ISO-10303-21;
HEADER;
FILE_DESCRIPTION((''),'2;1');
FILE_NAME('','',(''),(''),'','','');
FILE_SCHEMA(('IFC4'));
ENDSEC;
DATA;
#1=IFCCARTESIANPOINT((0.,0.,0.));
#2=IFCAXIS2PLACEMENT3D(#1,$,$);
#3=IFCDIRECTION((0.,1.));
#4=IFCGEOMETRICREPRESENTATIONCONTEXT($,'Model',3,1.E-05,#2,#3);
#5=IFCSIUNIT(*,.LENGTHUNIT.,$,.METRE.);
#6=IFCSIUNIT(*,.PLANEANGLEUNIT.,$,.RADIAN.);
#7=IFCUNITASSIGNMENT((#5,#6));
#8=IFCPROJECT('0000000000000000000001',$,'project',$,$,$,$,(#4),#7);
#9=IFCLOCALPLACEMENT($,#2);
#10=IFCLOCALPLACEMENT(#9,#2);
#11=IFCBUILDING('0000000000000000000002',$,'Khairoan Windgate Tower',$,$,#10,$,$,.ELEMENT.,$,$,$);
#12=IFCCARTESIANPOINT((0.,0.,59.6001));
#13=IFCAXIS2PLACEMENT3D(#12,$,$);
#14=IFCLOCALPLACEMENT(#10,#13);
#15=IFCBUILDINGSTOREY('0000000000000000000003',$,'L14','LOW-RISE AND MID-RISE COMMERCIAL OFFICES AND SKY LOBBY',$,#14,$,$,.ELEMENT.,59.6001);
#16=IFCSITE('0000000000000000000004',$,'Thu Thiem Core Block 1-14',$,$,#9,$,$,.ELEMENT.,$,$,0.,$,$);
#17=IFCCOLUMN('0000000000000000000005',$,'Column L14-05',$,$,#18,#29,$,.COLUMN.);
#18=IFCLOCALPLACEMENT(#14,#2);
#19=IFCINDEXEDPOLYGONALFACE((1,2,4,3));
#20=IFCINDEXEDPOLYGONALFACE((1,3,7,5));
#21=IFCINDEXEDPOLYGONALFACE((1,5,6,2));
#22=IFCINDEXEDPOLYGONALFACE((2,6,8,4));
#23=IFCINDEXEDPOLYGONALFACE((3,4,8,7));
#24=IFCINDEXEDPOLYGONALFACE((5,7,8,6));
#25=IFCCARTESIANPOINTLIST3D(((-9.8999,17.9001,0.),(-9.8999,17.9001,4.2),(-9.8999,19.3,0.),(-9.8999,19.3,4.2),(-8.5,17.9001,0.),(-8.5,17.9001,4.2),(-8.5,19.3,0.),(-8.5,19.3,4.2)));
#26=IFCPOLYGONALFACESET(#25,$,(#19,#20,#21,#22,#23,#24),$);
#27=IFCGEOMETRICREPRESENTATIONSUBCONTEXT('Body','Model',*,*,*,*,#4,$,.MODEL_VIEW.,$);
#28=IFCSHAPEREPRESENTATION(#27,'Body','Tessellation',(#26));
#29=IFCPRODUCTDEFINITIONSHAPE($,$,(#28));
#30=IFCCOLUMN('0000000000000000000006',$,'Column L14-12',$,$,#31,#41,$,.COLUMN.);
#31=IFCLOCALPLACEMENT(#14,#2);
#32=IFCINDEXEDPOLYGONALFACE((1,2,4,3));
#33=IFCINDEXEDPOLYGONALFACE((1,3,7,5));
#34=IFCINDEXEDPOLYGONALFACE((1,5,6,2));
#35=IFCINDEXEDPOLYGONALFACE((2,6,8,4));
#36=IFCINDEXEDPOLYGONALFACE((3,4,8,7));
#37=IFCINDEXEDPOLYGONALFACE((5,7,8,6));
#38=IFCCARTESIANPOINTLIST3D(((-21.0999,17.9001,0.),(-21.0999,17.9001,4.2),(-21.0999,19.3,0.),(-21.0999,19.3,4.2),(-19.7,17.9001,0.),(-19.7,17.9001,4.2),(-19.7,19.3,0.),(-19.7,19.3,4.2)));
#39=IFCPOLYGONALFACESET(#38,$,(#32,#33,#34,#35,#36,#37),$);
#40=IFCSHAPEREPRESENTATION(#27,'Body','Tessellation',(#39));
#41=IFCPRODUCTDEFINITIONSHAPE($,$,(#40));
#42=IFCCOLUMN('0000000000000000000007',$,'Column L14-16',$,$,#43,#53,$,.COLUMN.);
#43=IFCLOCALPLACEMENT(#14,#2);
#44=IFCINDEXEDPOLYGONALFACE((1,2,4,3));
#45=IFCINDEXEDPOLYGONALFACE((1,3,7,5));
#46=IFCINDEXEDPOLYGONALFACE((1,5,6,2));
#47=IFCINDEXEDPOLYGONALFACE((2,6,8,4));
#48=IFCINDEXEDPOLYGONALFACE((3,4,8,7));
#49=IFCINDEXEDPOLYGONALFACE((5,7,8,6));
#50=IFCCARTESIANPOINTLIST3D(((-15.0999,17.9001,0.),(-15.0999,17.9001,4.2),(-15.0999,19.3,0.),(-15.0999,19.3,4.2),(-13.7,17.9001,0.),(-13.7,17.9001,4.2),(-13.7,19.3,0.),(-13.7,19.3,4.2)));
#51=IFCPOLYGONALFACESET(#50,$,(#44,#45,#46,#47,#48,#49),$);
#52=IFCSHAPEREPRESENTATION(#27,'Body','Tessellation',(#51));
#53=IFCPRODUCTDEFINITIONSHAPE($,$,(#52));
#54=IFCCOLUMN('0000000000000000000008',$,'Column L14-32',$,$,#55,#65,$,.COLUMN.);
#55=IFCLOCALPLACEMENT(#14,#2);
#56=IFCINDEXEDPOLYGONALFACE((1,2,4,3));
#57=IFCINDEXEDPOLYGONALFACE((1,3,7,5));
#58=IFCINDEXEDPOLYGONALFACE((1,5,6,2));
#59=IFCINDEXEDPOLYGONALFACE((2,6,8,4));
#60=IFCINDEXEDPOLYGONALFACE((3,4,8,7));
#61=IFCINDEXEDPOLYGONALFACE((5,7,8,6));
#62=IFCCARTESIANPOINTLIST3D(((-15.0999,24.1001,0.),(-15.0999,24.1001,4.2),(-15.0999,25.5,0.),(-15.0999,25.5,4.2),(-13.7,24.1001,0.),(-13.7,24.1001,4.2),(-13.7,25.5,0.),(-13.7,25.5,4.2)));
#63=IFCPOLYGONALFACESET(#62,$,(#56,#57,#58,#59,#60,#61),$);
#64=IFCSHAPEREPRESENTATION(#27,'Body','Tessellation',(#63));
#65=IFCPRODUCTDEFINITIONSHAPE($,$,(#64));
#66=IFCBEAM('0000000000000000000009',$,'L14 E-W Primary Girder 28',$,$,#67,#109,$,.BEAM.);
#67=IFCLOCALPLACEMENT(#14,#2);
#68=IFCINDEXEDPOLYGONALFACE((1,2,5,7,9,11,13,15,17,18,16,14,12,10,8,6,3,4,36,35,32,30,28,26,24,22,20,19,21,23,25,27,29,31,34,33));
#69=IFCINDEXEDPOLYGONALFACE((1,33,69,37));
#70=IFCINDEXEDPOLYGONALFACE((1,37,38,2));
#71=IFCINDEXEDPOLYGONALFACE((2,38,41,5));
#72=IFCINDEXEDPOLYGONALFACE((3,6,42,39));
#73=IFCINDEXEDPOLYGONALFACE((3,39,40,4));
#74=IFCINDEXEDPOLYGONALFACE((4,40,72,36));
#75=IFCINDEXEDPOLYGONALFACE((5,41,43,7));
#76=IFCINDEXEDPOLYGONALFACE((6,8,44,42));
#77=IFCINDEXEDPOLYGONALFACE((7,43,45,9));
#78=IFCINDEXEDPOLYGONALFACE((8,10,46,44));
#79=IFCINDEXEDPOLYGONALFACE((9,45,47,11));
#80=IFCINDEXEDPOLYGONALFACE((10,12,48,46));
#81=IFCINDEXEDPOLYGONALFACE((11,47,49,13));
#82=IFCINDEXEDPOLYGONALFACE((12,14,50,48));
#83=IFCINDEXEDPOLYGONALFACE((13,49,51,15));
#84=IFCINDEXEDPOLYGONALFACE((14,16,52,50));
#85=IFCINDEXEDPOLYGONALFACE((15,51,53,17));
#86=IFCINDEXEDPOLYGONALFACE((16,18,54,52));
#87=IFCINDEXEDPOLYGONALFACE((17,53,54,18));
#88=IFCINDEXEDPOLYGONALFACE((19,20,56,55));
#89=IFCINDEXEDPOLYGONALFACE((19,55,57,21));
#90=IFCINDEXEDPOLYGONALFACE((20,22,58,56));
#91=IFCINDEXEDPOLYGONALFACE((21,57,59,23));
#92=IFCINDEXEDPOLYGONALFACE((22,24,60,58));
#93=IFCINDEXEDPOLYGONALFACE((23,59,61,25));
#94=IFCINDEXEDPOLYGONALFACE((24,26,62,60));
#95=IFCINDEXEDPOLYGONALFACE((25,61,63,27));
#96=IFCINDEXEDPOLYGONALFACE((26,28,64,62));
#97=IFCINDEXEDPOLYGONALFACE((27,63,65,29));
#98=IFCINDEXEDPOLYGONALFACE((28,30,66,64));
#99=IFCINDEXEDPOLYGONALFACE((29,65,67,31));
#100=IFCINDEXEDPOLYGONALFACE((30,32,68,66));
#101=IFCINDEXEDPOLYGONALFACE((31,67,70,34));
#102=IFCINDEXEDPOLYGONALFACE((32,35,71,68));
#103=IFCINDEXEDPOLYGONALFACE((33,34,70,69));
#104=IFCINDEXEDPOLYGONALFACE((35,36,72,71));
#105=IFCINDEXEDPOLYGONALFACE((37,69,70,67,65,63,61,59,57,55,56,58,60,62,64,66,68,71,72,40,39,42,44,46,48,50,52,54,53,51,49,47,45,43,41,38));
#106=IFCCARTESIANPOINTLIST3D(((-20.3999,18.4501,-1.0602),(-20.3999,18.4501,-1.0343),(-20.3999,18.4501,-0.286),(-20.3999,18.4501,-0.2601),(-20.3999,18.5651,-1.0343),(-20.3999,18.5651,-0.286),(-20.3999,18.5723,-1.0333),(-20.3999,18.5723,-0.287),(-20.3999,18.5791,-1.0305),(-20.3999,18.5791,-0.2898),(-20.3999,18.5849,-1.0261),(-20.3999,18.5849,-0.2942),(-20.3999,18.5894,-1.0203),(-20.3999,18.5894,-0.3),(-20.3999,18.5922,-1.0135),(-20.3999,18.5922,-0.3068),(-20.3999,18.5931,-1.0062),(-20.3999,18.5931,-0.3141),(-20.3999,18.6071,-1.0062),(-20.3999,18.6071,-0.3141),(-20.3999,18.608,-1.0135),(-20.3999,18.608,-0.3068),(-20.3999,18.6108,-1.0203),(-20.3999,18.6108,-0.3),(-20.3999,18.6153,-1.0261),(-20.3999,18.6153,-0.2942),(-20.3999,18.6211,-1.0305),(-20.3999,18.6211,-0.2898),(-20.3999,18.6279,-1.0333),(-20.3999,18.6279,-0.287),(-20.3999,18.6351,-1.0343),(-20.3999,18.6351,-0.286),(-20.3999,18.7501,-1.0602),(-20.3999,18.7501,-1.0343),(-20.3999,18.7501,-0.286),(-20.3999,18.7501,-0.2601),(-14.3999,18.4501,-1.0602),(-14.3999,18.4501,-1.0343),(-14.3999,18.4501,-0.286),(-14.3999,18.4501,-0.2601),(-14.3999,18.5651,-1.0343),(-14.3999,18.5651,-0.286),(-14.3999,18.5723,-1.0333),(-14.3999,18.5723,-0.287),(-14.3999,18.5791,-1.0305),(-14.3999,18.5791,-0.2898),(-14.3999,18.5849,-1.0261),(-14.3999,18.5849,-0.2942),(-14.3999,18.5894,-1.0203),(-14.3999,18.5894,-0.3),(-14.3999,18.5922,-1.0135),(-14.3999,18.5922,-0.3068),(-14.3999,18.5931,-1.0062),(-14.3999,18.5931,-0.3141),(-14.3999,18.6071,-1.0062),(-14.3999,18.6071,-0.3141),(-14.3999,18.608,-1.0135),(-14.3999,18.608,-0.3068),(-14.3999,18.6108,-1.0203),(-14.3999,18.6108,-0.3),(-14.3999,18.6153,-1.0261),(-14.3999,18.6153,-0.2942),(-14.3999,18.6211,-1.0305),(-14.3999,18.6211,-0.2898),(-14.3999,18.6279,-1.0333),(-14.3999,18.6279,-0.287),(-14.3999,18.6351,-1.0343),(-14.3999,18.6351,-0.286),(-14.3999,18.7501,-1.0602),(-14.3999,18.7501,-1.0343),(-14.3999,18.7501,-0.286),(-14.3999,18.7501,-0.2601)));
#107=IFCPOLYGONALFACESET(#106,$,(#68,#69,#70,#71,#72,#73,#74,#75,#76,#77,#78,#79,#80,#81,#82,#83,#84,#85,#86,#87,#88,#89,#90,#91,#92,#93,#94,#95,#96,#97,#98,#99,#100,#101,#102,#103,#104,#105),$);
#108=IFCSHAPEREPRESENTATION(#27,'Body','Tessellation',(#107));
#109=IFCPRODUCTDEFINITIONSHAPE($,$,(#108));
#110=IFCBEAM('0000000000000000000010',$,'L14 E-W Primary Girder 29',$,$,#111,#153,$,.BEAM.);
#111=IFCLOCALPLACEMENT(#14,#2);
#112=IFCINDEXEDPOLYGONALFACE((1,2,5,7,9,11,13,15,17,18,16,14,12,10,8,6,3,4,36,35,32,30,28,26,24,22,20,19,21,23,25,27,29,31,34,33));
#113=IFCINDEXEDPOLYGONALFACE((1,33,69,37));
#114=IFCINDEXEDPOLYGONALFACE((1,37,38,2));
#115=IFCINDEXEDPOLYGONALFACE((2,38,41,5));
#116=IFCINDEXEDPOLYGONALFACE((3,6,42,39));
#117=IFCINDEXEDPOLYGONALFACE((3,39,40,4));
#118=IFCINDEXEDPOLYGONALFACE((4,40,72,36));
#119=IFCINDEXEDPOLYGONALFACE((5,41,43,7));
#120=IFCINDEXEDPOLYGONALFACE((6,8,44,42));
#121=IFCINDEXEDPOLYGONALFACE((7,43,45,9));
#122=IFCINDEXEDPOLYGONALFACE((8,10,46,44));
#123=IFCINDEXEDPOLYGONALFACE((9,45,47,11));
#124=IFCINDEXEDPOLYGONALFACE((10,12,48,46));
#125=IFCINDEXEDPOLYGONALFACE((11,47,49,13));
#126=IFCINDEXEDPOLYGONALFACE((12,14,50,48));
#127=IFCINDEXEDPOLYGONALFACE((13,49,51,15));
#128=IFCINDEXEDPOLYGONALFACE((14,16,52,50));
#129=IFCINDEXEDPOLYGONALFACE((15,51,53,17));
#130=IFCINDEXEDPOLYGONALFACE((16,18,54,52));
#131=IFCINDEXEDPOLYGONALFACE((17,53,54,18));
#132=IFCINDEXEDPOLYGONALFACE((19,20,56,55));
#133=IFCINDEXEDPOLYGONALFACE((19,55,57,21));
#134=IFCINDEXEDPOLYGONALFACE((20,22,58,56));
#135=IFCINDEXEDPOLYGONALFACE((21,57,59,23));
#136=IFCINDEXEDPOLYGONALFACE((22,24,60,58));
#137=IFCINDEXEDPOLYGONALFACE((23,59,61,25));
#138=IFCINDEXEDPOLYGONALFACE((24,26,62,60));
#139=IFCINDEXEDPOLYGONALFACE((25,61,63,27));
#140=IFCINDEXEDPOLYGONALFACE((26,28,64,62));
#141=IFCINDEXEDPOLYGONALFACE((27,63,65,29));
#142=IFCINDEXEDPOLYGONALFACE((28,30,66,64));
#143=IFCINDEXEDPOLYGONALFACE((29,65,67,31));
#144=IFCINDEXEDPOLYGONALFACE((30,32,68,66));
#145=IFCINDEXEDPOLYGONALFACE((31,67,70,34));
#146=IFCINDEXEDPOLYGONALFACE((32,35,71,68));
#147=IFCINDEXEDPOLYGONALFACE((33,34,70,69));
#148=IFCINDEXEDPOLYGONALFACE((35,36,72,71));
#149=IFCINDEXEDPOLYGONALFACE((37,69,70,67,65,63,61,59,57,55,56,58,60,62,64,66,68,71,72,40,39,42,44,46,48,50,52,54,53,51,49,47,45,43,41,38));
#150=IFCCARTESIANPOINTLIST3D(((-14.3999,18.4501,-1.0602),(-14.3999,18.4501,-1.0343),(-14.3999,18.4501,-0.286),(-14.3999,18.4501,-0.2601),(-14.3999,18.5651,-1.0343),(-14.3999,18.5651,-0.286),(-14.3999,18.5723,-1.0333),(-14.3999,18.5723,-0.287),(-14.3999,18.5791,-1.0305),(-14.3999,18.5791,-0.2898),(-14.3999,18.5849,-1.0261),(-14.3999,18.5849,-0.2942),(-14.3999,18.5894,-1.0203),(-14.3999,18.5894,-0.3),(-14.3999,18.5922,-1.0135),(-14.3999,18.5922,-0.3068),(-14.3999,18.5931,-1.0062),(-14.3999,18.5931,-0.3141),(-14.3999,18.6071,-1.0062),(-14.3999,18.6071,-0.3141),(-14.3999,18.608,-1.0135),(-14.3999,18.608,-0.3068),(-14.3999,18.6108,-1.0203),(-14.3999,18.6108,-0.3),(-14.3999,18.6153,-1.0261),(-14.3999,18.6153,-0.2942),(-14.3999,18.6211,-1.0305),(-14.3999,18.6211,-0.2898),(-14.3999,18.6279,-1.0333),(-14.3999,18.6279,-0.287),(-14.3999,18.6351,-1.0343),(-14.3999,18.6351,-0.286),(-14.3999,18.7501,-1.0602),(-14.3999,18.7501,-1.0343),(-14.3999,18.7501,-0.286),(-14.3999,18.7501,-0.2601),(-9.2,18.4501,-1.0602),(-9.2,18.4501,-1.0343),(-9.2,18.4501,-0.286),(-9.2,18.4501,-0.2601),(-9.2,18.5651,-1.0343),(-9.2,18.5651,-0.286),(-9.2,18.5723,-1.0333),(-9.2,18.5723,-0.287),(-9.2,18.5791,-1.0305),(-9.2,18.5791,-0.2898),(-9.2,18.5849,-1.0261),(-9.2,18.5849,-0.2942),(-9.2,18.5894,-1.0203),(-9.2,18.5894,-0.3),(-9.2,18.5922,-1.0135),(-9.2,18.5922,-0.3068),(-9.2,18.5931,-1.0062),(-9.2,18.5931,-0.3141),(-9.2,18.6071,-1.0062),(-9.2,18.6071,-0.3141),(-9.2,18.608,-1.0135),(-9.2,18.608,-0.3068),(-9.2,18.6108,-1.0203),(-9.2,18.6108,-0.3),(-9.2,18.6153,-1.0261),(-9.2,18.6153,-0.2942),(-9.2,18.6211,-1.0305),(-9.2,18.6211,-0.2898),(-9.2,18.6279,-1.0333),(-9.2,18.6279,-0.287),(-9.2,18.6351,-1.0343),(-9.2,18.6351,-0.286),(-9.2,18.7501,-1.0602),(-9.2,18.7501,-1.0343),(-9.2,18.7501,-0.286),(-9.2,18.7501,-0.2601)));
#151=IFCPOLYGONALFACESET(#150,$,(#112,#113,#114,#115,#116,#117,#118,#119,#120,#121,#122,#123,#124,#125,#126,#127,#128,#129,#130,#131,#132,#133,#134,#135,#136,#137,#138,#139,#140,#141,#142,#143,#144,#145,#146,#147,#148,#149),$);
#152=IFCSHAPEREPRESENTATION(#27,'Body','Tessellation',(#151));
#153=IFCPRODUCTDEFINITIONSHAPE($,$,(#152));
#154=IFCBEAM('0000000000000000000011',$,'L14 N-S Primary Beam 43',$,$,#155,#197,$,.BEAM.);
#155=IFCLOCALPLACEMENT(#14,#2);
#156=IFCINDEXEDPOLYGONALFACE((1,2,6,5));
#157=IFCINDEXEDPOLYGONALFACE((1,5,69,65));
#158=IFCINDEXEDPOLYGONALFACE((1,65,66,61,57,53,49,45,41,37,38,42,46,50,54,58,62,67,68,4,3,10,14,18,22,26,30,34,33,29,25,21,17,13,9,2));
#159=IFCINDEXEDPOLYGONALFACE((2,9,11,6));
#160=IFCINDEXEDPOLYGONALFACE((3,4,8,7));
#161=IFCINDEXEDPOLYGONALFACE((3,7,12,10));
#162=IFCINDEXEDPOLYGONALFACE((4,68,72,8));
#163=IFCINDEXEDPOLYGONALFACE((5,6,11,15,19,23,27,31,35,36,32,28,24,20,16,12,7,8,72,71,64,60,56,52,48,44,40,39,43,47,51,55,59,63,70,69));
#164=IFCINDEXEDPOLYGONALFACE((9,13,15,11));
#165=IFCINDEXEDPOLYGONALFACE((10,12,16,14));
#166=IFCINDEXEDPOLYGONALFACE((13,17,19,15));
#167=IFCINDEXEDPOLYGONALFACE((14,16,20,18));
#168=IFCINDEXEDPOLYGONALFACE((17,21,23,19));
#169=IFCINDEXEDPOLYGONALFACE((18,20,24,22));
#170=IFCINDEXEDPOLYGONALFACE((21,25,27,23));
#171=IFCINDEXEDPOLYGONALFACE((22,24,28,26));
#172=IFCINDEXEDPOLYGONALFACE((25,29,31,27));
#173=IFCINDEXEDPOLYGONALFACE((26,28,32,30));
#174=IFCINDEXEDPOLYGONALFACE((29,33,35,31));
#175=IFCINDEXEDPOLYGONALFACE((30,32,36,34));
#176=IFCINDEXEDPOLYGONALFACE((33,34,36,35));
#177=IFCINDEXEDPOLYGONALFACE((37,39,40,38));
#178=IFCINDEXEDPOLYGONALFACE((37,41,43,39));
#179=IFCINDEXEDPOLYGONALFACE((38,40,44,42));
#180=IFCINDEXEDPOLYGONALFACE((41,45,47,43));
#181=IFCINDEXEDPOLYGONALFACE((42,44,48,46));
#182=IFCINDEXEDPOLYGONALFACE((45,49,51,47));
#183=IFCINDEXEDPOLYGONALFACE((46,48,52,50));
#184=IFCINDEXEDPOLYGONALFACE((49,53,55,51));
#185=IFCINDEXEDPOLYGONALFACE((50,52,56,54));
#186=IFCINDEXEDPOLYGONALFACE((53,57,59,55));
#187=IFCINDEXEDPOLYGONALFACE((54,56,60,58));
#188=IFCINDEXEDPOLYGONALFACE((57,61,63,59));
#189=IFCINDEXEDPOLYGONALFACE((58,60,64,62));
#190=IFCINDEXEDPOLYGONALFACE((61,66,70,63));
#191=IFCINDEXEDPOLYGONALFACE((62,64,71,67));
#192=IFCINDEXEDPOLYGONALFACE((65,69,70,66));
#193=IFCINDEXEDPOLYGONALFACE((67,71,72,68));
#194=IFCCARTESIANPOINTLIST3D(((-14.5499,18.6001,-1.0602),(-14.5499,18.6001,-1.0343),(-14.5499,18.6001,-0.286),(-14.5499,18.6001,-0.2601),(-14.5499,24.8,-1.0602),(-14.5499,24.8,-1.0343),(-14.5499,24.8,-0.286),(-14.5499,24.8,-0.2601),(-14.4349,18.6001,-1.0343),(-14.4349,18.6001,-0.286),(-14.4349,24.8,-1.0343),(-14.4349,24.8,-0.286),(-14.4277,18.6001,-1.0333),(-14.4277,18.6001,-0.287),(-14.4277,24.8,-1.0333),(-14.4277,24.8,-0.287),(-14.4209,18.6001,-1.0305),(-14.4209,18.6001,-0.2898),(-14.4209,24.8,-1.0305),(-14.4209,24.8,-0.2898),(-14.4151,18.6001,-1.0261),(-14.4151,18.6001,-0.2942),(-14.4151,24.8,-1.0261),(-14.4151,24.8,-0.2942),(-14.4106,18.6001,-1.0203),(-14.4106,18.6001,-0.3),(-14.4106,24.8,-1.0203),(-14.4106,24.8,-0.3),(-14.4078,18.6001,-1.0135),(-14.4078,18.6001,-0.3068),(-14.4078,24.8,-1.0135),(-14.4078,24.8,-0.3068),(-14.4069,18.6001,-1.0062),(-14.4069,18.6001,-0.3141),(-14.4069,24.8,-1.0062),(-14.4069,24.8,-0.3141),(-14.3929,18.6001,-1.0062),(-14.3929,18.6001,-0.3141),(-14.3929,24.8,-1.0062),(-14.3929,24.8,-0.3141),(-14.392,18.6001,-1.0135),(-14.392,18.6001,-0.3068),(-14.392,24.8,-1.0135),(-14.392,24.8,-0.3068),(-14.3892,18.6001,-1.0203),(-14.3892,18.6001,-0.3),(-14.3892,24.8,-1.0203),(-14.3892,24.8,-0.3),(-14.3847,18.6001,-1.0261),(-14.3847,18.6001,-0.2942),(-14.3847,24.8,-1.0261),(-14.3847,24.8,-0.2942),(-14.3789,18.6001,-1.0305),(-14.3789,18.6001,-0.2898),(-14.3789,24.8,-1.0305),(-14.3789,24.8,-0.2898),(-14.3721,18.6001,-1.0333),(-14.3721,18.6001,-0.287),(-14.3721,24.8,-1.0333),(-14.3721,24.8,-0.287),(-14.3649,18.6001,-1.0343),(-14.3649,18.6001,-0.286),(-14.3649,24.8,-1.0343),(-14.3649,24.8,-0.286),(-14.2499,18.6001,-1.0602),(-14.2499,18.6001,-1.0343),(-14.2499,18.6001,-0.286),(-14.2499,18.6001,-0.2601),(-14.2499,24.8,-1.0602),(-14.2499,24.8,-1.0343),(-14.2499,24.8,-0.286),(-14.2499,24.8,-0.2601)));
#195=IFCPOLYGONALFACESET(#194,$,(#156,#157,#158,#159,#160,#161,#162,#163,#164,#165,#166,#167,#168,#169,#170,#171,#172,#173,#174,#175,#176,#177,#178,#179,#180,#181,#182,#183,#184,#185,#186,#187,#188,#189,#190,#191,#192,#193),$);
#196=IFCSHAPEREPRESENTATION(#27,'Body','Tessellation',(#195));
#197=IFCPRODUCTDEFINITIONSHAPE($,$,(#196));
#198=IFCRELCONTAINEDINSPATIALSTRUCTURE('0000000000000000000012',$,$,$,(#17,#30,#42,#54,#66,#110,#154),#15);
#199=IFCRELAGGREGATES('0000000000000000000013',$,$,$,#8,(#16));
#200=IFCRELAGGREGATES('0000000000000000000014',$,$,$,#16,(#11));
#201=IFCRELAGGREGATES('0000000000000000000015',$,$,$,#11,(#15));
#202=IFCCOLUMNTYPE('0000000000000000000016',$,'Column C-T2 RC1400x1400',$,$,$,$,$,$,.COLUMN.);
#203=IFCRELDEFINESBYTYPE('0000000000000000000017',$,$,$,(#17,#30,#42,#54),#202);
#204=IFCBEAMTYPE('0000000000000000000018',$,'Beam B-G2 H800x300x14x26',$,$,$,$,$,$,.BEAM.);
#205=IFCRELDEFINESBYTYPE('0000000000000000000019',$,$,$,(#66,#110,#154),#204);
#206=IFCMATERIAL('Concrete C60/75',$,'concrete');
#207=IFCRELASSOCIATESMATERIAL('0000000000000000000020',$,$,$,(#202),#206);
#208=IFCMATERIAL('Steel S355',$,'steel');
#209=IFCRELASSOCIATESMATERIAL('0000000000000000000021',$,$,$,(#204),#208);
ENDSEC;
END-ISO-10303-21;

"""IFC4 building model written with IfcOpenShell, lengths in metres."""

from ifc_helpers import new_model, si_unit, direction, frame, origin, origin_2d, place, context, subcontext, project, spatial, rectangle, i_section, extrude, material, material_profile, profile_set, type_object, element, save


model = new_model("IFC4")

# Units and contexts
model_context = context("Model", 3, precision=1e-05, world=origin(), true_north=direction((0.0, 1.0)))
body_context = subcontext(model_context, "Body", "Model", "MODEL_VIEW")
ifc_project = project(units=[si_unit("LENGTHUNIT", "METRE"), si_unit("PLANEANGLEUNIT", "RADIAN")], contexts=[model_context])

# Site, building, storey
site_placement = place(None, origin())
site = spatial("IfcSite", under=ifc_project, at=site_placement, Name="Thu Thiem Core Block 1-14", CompositionType="ELEMENT", RefElevation=0.0)
building_placement = place(site_placement, origin())
building = spatial("IfcBuilding", under=site, at=building_placement, Name="Khairoan Windgate Tower", CompositionType="ELEMENT")
storey_placement = place(building_placement, frame((0.0, 0.0, 59.6001)))
storey = spatial("IfcBuildingStorey", under=building, at=storey_placement, Name="L14", Description="LOW-RISE AND MID-RISE COMMERCIAL OFFICES AND SKY LOBBY", CompositionType="ELEMENT", Elevation=59.6001)

# Columns
ifc_material_1 = material(Name="Concrete C60/75", Category="concrete")
ifc_material_profile_1 = material_profile(ifc_material_1, rectangle(XDim=1.3999, YDim=1.3999, at=origin_2d()))
ifc_profile_set_1 = profile_set([ifc_material_profile_1], Name="Concrete C60/75")
column_type = type_object("IfcColumnType", Name="Column C-T2 RC1400x1400", PredefinedType="COLUMN", material=ifc_profile_set_1)
for number, where, z_axis, x_axis, name in (
    (1, (-9.2, 18.6001, 0.0), (0.0, 0.0, 1.0), (1.0, 0.0, 0.0), "Column L14-05"),
    (2, (-20.3999, 18.6001, 0.0), (0.0, 0.0, 1.0), (1.0, 0.0, 0.0), "Column L14-12"),
    (3, (-14.3999, 18.6001, 0.0), (0.0, 0.0, 1.0), (1.0, 0.0, 0.0), "Column L14-16"),
    (4, (-14.3999, 24.8, 0.0), (0.0, 0.0, 1.0), (1.0, 0.0, 0.0), "Column L14-32"),
):
    element("IfcColumn", number, at=place(storey_placement, frame(where, z_axis=z_axis, x_axis=x_axis)), inside=storey, type_object=column_type, Name=name, PredefinedType="COLUMN", context=body_context, shape_type="SweptSolid", body=[
        extrude(rectangle(XDim=1.3999, YDim=1.3999, at=origin_2d()), origin(), (0.0, 0.0, 1.0), 4.2),
    ])

# Beams
ifc_material_2 = material(Name="Steel S355", Category="steel")
ifc_material_profile_2 = material_profile(ifc_material_2, i_section(OverallWidth=0.3, OverallDepth=0.8, WebThickness=0.0139, FlangeThickness=0.0259, FilletRadius=0.0281, at=origin_2d()))
ifc_profile_set_2 = profile_set([ifc_material_profile_2], Name="Steel S355")
beam_type_1 = type_object("IfcBeamType", Name="Beam B-G2 H800x300x14x26", PredefinedType="BEAM", material=ifc_profile_set_2)
beam_1_placement = place(storey_placement, frame((-20.3999, 18.6001, -0.6602), z_axis=(1.0, 0.0, 0.0), x_axis=(0.0, 1.0, 0.0)))
element("IfcBeam", 5, at=beam_1_placement, inside=storey, type_object=beam_type_1, Name="L14 E-W Primary Girder 28", PredefinedType="BEAM", context=body_context, shape_type="SweptSolid", body=[
    extrude(i_section(OverallWidth=0.3, OverallDepth=0.8, WebThickness=0.0139, FlangeThickness=0.0259, FilletRadius=0.0281, at=origin_2d()), origin(), (0.0, 0.0, 1.0), 6.0),
])
beam_2_placement = place(storey_placement, frame((-14.3999, 18.6001, -0.6602), z_axis=(1.0, 0.0, 0.0), x_axis=(0.0, 1.0, 0.0)))
element("IfcBeam", 6, at=beam_2_placement, inside=storey, type_object=beam_type_1, Name="L14 E-W Primary Girder 29", PredefinedType="BEAM", context=body_context, shape_type="SweptSolid", body=[
    extrude(i_section(OverallWidth=0.3, OverallDepth=0.8, WebThickness=0.0139, FlangeThickness=0.0259, FilletRadius=0.0281, at=origin_2d()), origin(), (0.0, 0.0, 1.0), 5.2),
])
beam_3_placement = place(storey_placement, frame((-14.3999, 18.6001, -0.6602), z_axis=(0.0, 1.0, 0.0), x_axis=(-1.0, 0.0, 0.0)))
element("IfcBeam", 7, at=beam_3_placement, inside=storey, type_object=beam_type_1, Name="L14 N-S Primary Beam 43", PredefinedType="BEAM", context=body_context, shape_type="SweptSolid", body=[
    extrude(i_section(OverallWidth=0.3, OverallDepth=0.8, WebThickness=0.0139, FlangeThickness=0.0259, FilletRadius=0.0281, at=origin_2d()), origin(), (0.0, 0.0, 1.0), 6.2),
])

save(model, "model.ifc")
